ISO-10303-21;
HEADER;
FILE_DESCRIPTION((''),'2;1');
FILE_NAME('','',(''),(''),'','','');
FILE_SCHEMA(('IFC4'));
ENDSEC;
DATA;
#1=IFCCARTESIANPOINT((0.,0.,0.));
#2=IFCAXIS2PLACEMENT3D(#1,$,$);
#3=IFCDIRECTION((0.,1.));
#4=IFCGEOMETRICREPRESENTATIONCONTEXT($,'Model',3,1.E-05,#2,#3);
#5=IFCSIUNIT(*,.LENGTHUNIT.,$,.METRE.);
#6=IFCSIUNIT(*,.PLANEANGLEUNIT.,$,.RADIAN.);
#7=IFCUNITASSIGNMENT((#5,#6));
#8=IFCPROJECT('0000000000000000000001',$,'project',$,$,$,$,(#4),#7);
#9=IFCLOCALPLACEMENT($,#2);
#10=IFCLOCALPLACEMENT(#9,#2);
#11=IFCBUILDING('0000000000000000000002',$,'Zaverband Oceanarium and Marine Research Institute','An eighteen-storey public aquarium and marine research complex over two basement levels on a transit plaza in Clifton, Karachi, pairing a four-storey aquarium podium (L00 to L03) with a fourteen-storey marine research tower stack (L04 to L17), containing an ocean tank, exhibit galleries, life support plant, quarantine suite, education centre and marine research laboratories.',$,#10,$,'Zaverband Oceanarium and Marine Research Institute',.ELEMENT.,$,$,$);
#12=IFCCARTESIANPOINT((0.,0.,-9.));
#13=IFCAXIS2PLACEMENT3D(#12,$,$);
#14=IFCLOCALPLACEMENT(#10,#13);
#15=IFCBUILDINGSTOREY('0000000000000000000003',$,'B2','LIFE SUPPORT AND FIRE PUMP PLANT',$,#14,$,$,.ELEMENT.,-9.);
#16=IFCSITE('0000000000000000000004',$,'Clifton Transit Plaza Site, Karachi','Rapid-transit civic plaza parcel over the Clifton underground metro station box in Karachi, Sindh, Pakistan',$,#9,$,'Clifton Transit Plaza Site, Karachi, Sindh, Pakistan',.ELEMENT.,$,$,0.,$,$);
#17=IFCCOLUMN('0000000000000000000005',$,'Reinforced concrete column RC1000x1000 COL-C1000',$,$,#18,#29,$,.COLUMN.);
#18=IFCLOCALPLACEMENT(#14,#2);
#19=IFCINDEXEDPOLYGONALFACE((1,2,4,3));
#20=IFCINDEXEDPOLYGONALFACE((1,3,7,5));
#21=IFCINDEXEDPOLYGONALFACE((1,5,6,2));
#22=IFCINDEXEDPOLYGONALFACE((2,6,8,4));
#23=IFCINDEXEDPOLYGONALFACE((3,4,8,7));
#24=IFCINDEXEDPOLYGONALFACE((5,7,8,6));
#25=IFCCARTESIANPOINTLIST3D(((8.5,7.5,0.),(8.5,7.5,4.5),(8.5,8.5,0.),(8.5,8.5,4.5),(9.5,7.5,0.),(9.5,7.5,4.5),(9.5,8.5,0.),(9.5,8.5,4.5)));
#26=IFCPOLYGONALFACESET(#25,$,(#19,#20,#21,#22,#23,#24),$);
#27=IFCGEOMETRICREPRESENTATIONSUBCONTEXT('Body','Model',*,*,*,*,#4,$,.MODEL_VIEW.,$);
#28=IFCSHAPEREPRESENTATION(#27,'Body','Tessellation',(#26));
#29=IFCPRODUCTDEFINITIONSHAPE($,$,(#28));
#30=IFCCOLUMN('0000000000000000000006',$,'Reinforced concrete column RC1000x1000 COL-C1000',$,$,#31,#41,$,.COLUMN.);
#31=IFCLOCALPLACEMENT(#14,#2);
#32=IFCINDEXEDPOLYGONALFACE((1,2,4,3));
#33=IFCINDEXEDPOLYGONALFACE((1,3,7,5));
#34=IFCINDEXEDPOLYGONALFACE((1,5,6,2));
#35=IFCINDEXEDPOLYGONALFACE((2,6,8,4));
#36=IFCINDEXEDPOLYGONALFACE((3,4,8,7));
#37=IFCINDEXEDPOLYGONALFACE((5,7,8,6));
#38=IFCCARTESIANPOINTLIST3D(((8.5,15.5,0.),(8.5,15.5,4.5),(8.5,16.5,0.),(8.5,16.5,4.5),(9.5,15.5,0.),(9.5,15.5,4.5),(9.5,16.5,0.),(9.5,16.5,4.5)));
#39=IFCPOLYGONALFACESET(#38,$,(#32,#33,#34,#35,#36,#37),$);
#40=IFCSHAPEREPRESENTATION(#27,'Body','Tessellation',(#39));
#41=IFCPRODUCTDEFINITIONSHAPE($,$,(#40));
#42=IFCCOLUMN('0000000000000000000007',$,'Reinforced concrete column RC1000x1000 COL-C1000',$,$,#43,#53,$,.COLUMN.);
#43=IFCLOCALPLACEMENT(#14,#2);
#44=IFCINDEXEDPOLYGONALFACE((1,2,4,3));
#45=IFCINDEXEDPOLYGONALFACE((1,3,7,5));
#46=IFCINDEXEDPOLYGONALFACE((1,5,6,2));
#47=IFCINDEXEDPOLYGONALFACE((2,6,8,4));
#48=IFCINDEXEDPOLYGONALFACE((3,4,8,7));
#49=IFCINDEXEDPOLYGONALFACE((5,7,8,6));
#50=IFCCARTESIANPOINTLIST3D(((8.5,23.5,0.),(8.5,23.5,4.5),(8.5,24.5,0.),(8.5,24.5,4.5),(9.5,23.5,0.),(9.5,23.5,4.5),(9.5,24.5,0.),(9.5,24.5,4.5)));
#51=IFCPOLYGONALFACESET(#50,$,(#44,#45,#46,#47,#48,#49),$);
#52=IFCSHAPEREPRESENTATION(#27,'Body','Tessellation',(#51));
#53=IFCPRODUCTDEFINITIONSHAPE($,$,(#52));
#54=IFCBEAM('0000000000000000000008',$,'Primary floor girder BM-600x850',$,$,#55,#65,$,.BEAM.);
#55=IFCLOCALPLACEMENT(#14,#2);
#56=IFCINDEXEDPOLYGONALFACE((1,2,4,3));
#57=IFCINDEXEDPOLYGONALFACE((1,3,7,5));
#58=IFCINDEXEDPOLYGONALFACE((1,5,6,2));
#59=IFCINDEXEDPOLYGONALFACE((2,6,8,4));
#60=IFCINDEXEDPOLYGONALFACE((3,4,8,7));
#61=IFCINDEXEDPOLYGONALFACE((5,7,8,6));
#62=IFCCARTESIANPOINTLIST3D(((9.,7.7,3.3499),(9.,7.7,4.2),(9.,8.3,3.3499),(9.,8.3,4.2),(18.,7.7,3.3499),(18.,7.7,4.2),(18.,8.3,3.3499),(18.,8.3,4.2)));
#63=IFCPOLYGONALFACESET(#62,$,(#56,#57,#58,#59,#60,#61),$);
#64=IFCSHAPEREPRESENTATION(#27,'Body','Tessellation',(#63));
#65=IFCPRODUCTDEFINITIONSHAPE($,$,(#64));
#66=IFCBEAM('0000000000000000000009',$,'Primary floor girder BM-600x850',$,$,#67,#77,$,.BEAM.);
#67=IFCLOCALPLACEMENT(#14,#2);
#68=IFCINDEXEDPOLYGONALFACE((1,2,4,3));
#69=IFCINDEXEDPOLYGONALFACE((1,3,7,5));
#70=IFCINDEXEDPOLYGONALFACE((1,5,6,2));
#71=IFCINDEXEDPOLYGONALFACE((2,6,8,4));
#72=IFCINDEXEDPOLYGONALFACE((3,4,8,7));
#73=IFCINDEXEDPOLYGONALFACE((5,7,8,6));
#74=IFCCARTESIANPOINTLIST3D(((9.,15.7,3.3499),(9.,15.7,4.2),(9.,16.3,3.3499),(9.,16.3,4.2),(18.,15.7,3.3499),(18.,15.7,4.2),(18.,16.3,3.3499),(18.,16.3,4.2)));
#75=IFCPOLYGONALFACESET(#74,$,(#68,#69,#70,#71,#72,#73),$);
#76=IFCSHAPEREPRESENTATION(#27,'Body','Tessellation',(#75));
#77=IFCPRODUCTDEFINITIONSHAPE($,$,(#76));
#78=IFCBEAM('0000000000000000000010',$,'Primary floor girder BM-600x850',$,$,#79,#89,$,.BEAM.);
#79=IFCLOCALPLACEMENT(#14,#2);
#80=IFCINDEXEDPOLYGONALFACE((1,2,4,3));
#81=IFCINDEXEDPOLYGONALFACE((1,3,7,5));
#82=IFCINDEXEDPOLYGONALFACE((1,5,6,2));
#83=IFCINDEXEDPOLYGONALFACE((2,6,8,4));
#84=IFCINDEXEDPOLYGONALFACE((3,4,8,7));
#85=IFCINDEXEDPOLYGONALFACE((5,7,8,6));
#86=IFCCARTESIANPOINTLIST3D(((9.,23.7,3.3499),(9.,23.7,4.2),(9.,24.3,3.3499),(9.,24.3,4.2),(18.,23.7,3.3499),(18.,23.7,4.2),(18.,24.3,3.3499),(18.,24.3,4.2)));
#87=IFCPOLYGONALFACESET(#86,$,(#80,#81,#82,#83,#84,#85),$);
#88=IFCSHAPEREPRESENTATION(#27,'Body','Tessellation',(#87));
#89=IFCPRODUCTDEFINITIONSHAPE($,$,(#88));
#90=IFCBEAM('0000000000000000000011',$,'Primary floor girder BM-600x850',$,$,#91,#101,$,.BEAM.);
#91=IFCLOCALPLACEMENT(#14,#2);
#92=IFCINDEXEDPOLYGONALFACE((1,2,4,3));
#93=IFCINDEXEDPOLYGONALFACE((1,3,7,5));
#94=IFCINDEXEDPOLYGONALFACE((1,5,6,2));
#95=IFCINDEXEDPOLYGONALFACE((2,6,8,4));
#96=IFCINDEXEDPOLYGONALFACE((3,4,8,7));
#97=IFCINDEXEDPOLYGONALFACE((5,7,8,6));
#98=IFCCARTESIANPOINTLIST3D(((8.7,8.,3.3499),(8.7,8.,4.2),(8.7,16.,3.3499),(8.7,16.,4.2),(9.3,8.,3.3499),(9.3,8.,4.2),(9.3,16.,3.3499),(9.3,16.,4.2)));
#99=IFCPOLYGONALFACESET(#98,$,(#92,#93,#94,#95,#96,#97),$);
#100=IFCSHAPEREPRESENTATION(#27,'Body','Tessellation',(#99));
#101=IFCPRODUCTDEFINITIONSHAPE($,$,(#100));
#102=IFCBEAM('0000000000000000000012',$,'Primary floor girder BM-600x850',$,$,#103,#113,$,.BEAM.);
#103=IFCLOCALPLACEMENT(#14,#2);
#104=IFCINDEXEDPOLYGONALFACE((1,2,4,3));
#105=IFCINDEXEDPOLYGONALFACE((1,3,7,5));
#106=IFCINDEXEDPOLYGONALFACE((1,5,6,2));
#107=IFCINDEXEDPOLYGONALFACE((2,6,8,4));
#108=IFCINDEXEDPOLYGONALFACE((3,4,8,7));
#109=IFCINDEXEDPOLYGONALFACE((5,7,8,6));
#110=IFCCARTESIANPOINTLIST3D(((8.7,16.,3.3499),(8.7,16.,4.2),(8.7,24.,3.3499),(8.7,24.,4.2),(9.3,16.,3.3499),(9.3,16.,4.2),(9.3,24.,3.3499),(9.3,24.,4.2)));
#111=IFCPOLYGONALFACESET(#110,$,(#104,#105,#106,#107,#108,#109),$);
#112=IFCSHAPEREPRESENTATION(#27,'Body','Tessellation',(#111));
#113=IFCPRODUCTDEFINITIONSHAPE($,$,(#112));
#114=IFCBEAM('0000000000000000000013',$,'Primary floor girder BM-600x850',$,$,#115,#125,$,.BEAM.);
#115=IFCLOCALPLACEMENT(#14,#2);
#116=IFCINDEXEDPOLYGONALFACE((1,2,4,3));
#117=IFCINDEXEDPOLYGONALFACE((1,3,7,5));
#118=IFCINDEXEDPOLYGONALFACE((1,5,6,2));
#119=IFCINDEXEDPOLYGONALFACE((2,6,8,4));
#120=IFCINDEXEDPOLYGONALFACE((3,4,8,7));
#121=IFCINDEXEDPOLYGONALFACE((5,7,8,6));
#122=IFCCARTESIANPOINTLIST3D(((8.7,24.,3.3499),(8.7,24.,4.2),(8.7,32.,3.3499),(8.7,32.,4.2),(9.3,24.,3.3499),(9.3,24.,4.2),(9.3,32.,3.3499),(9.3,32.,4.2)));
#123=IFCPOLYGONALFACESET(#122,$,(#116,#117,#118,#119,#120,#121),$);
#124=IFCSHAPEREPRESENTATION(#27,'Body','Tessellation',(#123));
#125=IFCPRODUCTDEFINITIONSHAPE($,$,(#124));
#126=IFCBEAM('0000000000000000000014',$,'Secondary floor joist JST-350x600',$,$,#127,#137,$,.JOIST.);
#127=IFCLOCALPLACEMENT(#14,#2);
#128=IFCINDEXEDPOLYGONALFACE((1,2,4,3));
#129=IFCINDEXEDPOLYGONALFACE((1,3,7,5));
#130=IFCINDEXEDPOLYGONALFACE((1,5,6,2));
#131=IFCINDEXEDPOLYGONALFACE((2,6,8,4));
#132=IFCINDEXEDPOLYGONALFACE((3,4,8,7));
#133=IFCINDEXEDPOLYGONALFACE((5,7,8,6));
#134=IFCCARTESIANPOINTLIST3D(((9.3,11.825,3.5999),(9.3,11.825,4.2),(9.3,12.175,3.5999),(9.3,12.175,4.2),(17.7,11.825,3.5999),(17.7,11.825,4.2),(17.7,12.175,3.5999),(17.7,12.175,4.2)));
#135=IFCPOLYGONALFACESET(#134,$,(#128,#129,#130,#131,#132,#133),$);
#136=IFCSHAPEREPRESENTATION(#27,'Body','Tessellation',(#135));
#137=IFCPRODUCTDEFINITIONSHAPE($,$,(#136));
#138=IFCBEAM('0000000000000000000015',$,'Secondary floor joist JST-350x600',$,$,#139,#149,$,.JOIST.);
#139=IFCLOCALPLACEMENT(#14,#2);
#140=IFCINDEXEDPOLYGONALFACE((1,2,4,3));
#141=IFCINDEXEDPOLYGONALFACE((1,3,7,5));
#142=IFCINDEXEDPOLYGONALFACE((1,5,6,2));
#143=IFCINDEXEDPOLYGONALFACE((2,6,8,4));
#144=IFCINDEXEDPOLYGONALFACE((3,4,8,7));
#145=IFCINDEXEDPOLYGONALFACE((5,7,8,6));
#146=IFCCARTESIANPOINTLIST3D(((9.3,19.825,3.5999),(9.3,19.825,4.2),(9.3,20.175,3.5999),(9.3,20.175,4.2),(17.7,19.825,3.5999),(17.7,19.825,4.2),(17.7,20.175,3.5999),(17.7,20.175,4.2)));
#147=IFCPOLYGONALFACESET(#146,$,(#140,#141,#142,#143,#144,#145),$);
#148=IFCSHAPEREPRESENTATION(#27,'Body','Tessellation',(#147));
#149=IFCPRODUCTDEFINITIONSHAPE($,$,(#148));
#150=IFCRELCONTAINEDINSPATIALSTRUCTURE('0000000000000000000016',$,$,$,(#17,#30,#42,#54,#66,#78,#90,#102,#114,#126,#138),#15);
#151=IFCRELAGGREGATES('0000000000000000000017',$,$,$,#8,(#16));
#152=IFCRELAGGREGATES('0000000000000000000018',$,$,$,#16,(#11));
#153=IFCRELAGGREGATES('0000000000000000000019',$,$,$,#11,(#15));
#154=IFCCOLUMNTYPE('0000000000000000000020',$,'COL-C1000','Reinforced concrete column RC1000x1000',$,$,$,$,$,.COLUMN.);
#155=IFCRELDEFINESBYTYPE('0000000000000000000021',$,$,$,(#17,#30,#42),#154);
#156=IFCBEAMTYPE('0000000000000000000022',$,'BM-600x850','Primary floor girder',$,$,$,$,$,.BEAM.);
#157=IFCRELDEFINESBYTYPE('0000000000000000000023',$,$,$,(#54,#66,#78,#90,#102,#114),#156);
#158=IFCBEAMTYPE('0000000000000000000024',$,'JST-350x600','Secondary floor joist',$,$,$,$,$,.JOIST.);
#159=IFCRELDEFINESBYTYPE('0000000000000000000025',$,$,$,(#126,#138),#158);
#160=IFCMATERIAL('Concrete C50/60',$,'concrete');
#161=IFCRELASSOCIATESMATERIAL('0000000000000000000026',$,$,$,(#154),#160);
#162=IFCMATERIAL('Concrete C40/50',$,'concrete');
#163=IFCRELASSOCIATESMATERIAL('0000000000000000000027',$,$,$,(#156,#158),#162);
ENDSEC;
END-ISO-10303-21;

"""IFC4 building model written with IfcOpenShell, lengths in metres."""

from ifc_helpers import new_model, si_unit, direction, frame, origin, origin_2d, place, context, subcontext, project, spatial, rectangle, extrude, material, material_profile, profile_set, type_object, element, save


model = new_model("IFC4")

# Units and contexts
model_context = context("Model", 3, precision=1e-05, world=origin(), true_north=direction((0.0, 1.0)))
body_context = subcontext(model_context, "Body", "Model", "MODEL_VIEW")
ifc_project = project(units=[si_unit("LENGTHUNIT", "METRE"), si_unit("PLANEANGLEUNIT", "RADIAN")], contexts=[model_context])

# Site, building, storey
site_placement = place(None, origin())
site = spatial("IfcSite", under=ifc_project, at=site_placement, Name="Clifton Transit Plaza Site, Karachi", Description="Rapid-transit civic plaza parcel over the Clifton underground metro station box in Karachi, Sindh, Pakistan", LongName="Clifton Transit Plaza Site, Karachi, Sindh, Pakistan", CompositionType="ELEMENT", RefElevation=0.0)
building_placement = place(site_placement, origin())
building = spatial("IfcBuilding", under=site, at=building_placement, Name="Zaverband Oceanarium and Marine Research Institute", Description="An eighteen-storey public aquarium and marine research complex over two basement levels on a transit plaza in Clifton, Karachi, pairing a four-storey aquarium podium (L00 to L03) with a fourteen-storey marine research tower stack (L04 to L17), containing an ocean tank, exhibit galleries, life support plant, quarantine suite, education centre and marine research laboratories.", LongName="Zaverband Oceanarium and Marine Research Institute", CompositionType="ELEMENT")
storey_placement = place(building_placement, frame((0.0, 0.0, -9.0)))
storey = spatial("IfcBuildingStorey", under=building, at=storey_placement, Name="B2", Description="LIFE SUPPORT AND FIRE PUMP PLANT", CompositionType="ELEMENT", Elevation=-9.0)

# Shared definitions
ifc_material_1 = material(Name="Concrete C50/60", Category="concrete")

# Columns
ifc_material_profile_1 = material_profile(ifc_material_1, rectangle(XDim=1.0, YDim=1.0, at=origin_2d()), Name="RC1000x1000")
ifc_profile_set_1 = profile_set([ifc_material_profile_1], Name="Concrete C50/60")
column_type = type_object("IfcColumnType", Name="COL-C1000", Description="Reinforced concrete column RC1000x1000", PredefinedType="COLUMN", material=ifc_profile_set_1)
for number, where, z_axis, x_axis, name in (
    (1, (9.0, 8.0, 0.0), (0.0, 0.0, 1.0), (1.0, 0.0, 0.0), "Reinforced concrete column RC1000x1000 COL-C1000"),
    (2, (9.0, 16.0, 0.0), (0.0, 0.0, 1.0), (1.0, 0.0, 0.0), "Reinforced concrete column RC1000x1000 COL-C1000"),
    (3, (9.0, 24.0, 0.0), (0.0, 0.0, 1.0), (1.0, 0.0, 0.0), "Reinforced concrete column RC1000x1000 COL-C1000"),
):
    element("IfcColumn", number, at=place(storey_placement, frame(where, z_axis=z_axis, x_axis=x_axis)), inside=storey, type_object=column_type, Name=name, PredefinedType="COLUMN", context=body_context, shape_type="SweptSolid", body=[
        extrude(rectangle(XDim=1.0, YDim=1.0, at=origin_2d()), origin(), (0.0, 0.0, 1.0), 4.5),
    ])

# Beams
ifc_material_2 = material(Name="Concrete C40/50", Category="concrete")
ifc_material_profile_2 = material_profile(ifc_material_2, rectangle(XDim=0.6001, YDim=0.8501, at=origin_2d()), Name="RC600x850")
ifc_profile_set_2 = profile_set([ifc_material_profile_2], Name="Concrete C40/50")
beam_type_1 = type_object("IfcBeamType", Name="BM-600x850", Description="Primary floor girder", PredefinedType="BEAM", material=ifc_profile_set_2)
for number, where, z_axis, x_axis, name in (
    (4, (9.0, 8.0, 3.7749), (1.0, 0.0, 0.0), (0.0, 1.0, 0.0), "Primary floor girder BM-600x850"),
    (5, (9.0, 16.0, 3.7749), (1.0, 0.0, 0.0), (0.0, 1.0, 0.0), "Primary floor girder BM-600x850"),
    (6, (9.0, 24.0, 3.7749), (1.0, 0.0, 0.0), (0.0, 1.0, 0.0), "Primary floor girder BM-600x850"),
):
    element("IfcBeam", number, at=place(storey_placement, frame(where, z_axis=z_axis, x_axis=x_axis)), inside=storey, type_object=beam_type_1, Name=name, PredefinedType="BEAM", context=body_context, shape_type="SweptSolid", body=[
        extrude(rectangle(XDim=0.6001, YDim=0.8501, at=origin_2d()), origin(), (0.0, 0.0, 1.0), 9.0),
    ])
for number, where, z_axis, x_axis, name in (
    (7, (9.0, 8.0, 3.7749), (0.0, 1.0, 0.0), (-1.0, 0.0, 0.0), "Primary floor girder BM-600x850"),
    (8, (9.0, 16.0, 3.7749), (0.0, 1.0, 0.0), (-1.0, 0.0, 0.0), "Primary floor girder BM-600x850"),
    (9, (9.0, 24.0, 3.7749), (0.0, 1.0, 0.0), (-1.0, 0.0, 0.0), "Primary floor girder BM-600x850"),
):
    element("IfcBeam", number, at=place(storey_placement, frame(where, z_axis=z_axis, x_axis=x_axis)), inside=storey, type_object=beam_type_1, Name=name, PredefinedType="BEAM", context=body_context, shape_type="SweptSolid", body=[
        extrude(rectangle(XDim=0.6001, YDim=0.8501, at=origin_2d()), origin(), (0.0, 0.0, 1.0), 8.0),
    ])
ifc_material_profile_3 = material_profile(ifc_material_2, rectangle(XDim=0.3501, YDim=0.6001, at=origin_2d()), Name="RC350x600")
ifc_profile_set_3 = profile_set([ifc_material_profile_3], Name="Concrete C40/50")
beam_type_2 = type_object("IfcBeamType", Name="JST-350x600", Description="Secondary floor joist", PredefinedType="JOIST", material=ifc_profile_set_3)
for number, where, z_axis, x_axis, name in (
    (10, (9.3, 12.0, 3.8999), (1.0, 0.0, 0.0), (0.0, 1.0, 0.0), "Secondary floor joist JST-350x600"),
    (11, (9.3, 20.0, 3.8999), (1.0, 0.0, 0.0), (0.0, 1.0, 0.0), "Secondary floor joist JST-350x600"),
):
    element("IfcBeam", number, at=place(storey_placement, frame(where, z_axis=z_axis, x_axis=x_axis)), inside=storey, type_object=beam_type_2, Name=name, PredefinedType="JOIST", context=body_context, shape_type="SweptSolid", body=[
        extrude(rectangle(XDim=0.3501, YDim=0.6001, at=origin_2d()), origin(), (0.0, 0.0, 1.0), 8.3999),
    ])

save(model, "model.ifc")
